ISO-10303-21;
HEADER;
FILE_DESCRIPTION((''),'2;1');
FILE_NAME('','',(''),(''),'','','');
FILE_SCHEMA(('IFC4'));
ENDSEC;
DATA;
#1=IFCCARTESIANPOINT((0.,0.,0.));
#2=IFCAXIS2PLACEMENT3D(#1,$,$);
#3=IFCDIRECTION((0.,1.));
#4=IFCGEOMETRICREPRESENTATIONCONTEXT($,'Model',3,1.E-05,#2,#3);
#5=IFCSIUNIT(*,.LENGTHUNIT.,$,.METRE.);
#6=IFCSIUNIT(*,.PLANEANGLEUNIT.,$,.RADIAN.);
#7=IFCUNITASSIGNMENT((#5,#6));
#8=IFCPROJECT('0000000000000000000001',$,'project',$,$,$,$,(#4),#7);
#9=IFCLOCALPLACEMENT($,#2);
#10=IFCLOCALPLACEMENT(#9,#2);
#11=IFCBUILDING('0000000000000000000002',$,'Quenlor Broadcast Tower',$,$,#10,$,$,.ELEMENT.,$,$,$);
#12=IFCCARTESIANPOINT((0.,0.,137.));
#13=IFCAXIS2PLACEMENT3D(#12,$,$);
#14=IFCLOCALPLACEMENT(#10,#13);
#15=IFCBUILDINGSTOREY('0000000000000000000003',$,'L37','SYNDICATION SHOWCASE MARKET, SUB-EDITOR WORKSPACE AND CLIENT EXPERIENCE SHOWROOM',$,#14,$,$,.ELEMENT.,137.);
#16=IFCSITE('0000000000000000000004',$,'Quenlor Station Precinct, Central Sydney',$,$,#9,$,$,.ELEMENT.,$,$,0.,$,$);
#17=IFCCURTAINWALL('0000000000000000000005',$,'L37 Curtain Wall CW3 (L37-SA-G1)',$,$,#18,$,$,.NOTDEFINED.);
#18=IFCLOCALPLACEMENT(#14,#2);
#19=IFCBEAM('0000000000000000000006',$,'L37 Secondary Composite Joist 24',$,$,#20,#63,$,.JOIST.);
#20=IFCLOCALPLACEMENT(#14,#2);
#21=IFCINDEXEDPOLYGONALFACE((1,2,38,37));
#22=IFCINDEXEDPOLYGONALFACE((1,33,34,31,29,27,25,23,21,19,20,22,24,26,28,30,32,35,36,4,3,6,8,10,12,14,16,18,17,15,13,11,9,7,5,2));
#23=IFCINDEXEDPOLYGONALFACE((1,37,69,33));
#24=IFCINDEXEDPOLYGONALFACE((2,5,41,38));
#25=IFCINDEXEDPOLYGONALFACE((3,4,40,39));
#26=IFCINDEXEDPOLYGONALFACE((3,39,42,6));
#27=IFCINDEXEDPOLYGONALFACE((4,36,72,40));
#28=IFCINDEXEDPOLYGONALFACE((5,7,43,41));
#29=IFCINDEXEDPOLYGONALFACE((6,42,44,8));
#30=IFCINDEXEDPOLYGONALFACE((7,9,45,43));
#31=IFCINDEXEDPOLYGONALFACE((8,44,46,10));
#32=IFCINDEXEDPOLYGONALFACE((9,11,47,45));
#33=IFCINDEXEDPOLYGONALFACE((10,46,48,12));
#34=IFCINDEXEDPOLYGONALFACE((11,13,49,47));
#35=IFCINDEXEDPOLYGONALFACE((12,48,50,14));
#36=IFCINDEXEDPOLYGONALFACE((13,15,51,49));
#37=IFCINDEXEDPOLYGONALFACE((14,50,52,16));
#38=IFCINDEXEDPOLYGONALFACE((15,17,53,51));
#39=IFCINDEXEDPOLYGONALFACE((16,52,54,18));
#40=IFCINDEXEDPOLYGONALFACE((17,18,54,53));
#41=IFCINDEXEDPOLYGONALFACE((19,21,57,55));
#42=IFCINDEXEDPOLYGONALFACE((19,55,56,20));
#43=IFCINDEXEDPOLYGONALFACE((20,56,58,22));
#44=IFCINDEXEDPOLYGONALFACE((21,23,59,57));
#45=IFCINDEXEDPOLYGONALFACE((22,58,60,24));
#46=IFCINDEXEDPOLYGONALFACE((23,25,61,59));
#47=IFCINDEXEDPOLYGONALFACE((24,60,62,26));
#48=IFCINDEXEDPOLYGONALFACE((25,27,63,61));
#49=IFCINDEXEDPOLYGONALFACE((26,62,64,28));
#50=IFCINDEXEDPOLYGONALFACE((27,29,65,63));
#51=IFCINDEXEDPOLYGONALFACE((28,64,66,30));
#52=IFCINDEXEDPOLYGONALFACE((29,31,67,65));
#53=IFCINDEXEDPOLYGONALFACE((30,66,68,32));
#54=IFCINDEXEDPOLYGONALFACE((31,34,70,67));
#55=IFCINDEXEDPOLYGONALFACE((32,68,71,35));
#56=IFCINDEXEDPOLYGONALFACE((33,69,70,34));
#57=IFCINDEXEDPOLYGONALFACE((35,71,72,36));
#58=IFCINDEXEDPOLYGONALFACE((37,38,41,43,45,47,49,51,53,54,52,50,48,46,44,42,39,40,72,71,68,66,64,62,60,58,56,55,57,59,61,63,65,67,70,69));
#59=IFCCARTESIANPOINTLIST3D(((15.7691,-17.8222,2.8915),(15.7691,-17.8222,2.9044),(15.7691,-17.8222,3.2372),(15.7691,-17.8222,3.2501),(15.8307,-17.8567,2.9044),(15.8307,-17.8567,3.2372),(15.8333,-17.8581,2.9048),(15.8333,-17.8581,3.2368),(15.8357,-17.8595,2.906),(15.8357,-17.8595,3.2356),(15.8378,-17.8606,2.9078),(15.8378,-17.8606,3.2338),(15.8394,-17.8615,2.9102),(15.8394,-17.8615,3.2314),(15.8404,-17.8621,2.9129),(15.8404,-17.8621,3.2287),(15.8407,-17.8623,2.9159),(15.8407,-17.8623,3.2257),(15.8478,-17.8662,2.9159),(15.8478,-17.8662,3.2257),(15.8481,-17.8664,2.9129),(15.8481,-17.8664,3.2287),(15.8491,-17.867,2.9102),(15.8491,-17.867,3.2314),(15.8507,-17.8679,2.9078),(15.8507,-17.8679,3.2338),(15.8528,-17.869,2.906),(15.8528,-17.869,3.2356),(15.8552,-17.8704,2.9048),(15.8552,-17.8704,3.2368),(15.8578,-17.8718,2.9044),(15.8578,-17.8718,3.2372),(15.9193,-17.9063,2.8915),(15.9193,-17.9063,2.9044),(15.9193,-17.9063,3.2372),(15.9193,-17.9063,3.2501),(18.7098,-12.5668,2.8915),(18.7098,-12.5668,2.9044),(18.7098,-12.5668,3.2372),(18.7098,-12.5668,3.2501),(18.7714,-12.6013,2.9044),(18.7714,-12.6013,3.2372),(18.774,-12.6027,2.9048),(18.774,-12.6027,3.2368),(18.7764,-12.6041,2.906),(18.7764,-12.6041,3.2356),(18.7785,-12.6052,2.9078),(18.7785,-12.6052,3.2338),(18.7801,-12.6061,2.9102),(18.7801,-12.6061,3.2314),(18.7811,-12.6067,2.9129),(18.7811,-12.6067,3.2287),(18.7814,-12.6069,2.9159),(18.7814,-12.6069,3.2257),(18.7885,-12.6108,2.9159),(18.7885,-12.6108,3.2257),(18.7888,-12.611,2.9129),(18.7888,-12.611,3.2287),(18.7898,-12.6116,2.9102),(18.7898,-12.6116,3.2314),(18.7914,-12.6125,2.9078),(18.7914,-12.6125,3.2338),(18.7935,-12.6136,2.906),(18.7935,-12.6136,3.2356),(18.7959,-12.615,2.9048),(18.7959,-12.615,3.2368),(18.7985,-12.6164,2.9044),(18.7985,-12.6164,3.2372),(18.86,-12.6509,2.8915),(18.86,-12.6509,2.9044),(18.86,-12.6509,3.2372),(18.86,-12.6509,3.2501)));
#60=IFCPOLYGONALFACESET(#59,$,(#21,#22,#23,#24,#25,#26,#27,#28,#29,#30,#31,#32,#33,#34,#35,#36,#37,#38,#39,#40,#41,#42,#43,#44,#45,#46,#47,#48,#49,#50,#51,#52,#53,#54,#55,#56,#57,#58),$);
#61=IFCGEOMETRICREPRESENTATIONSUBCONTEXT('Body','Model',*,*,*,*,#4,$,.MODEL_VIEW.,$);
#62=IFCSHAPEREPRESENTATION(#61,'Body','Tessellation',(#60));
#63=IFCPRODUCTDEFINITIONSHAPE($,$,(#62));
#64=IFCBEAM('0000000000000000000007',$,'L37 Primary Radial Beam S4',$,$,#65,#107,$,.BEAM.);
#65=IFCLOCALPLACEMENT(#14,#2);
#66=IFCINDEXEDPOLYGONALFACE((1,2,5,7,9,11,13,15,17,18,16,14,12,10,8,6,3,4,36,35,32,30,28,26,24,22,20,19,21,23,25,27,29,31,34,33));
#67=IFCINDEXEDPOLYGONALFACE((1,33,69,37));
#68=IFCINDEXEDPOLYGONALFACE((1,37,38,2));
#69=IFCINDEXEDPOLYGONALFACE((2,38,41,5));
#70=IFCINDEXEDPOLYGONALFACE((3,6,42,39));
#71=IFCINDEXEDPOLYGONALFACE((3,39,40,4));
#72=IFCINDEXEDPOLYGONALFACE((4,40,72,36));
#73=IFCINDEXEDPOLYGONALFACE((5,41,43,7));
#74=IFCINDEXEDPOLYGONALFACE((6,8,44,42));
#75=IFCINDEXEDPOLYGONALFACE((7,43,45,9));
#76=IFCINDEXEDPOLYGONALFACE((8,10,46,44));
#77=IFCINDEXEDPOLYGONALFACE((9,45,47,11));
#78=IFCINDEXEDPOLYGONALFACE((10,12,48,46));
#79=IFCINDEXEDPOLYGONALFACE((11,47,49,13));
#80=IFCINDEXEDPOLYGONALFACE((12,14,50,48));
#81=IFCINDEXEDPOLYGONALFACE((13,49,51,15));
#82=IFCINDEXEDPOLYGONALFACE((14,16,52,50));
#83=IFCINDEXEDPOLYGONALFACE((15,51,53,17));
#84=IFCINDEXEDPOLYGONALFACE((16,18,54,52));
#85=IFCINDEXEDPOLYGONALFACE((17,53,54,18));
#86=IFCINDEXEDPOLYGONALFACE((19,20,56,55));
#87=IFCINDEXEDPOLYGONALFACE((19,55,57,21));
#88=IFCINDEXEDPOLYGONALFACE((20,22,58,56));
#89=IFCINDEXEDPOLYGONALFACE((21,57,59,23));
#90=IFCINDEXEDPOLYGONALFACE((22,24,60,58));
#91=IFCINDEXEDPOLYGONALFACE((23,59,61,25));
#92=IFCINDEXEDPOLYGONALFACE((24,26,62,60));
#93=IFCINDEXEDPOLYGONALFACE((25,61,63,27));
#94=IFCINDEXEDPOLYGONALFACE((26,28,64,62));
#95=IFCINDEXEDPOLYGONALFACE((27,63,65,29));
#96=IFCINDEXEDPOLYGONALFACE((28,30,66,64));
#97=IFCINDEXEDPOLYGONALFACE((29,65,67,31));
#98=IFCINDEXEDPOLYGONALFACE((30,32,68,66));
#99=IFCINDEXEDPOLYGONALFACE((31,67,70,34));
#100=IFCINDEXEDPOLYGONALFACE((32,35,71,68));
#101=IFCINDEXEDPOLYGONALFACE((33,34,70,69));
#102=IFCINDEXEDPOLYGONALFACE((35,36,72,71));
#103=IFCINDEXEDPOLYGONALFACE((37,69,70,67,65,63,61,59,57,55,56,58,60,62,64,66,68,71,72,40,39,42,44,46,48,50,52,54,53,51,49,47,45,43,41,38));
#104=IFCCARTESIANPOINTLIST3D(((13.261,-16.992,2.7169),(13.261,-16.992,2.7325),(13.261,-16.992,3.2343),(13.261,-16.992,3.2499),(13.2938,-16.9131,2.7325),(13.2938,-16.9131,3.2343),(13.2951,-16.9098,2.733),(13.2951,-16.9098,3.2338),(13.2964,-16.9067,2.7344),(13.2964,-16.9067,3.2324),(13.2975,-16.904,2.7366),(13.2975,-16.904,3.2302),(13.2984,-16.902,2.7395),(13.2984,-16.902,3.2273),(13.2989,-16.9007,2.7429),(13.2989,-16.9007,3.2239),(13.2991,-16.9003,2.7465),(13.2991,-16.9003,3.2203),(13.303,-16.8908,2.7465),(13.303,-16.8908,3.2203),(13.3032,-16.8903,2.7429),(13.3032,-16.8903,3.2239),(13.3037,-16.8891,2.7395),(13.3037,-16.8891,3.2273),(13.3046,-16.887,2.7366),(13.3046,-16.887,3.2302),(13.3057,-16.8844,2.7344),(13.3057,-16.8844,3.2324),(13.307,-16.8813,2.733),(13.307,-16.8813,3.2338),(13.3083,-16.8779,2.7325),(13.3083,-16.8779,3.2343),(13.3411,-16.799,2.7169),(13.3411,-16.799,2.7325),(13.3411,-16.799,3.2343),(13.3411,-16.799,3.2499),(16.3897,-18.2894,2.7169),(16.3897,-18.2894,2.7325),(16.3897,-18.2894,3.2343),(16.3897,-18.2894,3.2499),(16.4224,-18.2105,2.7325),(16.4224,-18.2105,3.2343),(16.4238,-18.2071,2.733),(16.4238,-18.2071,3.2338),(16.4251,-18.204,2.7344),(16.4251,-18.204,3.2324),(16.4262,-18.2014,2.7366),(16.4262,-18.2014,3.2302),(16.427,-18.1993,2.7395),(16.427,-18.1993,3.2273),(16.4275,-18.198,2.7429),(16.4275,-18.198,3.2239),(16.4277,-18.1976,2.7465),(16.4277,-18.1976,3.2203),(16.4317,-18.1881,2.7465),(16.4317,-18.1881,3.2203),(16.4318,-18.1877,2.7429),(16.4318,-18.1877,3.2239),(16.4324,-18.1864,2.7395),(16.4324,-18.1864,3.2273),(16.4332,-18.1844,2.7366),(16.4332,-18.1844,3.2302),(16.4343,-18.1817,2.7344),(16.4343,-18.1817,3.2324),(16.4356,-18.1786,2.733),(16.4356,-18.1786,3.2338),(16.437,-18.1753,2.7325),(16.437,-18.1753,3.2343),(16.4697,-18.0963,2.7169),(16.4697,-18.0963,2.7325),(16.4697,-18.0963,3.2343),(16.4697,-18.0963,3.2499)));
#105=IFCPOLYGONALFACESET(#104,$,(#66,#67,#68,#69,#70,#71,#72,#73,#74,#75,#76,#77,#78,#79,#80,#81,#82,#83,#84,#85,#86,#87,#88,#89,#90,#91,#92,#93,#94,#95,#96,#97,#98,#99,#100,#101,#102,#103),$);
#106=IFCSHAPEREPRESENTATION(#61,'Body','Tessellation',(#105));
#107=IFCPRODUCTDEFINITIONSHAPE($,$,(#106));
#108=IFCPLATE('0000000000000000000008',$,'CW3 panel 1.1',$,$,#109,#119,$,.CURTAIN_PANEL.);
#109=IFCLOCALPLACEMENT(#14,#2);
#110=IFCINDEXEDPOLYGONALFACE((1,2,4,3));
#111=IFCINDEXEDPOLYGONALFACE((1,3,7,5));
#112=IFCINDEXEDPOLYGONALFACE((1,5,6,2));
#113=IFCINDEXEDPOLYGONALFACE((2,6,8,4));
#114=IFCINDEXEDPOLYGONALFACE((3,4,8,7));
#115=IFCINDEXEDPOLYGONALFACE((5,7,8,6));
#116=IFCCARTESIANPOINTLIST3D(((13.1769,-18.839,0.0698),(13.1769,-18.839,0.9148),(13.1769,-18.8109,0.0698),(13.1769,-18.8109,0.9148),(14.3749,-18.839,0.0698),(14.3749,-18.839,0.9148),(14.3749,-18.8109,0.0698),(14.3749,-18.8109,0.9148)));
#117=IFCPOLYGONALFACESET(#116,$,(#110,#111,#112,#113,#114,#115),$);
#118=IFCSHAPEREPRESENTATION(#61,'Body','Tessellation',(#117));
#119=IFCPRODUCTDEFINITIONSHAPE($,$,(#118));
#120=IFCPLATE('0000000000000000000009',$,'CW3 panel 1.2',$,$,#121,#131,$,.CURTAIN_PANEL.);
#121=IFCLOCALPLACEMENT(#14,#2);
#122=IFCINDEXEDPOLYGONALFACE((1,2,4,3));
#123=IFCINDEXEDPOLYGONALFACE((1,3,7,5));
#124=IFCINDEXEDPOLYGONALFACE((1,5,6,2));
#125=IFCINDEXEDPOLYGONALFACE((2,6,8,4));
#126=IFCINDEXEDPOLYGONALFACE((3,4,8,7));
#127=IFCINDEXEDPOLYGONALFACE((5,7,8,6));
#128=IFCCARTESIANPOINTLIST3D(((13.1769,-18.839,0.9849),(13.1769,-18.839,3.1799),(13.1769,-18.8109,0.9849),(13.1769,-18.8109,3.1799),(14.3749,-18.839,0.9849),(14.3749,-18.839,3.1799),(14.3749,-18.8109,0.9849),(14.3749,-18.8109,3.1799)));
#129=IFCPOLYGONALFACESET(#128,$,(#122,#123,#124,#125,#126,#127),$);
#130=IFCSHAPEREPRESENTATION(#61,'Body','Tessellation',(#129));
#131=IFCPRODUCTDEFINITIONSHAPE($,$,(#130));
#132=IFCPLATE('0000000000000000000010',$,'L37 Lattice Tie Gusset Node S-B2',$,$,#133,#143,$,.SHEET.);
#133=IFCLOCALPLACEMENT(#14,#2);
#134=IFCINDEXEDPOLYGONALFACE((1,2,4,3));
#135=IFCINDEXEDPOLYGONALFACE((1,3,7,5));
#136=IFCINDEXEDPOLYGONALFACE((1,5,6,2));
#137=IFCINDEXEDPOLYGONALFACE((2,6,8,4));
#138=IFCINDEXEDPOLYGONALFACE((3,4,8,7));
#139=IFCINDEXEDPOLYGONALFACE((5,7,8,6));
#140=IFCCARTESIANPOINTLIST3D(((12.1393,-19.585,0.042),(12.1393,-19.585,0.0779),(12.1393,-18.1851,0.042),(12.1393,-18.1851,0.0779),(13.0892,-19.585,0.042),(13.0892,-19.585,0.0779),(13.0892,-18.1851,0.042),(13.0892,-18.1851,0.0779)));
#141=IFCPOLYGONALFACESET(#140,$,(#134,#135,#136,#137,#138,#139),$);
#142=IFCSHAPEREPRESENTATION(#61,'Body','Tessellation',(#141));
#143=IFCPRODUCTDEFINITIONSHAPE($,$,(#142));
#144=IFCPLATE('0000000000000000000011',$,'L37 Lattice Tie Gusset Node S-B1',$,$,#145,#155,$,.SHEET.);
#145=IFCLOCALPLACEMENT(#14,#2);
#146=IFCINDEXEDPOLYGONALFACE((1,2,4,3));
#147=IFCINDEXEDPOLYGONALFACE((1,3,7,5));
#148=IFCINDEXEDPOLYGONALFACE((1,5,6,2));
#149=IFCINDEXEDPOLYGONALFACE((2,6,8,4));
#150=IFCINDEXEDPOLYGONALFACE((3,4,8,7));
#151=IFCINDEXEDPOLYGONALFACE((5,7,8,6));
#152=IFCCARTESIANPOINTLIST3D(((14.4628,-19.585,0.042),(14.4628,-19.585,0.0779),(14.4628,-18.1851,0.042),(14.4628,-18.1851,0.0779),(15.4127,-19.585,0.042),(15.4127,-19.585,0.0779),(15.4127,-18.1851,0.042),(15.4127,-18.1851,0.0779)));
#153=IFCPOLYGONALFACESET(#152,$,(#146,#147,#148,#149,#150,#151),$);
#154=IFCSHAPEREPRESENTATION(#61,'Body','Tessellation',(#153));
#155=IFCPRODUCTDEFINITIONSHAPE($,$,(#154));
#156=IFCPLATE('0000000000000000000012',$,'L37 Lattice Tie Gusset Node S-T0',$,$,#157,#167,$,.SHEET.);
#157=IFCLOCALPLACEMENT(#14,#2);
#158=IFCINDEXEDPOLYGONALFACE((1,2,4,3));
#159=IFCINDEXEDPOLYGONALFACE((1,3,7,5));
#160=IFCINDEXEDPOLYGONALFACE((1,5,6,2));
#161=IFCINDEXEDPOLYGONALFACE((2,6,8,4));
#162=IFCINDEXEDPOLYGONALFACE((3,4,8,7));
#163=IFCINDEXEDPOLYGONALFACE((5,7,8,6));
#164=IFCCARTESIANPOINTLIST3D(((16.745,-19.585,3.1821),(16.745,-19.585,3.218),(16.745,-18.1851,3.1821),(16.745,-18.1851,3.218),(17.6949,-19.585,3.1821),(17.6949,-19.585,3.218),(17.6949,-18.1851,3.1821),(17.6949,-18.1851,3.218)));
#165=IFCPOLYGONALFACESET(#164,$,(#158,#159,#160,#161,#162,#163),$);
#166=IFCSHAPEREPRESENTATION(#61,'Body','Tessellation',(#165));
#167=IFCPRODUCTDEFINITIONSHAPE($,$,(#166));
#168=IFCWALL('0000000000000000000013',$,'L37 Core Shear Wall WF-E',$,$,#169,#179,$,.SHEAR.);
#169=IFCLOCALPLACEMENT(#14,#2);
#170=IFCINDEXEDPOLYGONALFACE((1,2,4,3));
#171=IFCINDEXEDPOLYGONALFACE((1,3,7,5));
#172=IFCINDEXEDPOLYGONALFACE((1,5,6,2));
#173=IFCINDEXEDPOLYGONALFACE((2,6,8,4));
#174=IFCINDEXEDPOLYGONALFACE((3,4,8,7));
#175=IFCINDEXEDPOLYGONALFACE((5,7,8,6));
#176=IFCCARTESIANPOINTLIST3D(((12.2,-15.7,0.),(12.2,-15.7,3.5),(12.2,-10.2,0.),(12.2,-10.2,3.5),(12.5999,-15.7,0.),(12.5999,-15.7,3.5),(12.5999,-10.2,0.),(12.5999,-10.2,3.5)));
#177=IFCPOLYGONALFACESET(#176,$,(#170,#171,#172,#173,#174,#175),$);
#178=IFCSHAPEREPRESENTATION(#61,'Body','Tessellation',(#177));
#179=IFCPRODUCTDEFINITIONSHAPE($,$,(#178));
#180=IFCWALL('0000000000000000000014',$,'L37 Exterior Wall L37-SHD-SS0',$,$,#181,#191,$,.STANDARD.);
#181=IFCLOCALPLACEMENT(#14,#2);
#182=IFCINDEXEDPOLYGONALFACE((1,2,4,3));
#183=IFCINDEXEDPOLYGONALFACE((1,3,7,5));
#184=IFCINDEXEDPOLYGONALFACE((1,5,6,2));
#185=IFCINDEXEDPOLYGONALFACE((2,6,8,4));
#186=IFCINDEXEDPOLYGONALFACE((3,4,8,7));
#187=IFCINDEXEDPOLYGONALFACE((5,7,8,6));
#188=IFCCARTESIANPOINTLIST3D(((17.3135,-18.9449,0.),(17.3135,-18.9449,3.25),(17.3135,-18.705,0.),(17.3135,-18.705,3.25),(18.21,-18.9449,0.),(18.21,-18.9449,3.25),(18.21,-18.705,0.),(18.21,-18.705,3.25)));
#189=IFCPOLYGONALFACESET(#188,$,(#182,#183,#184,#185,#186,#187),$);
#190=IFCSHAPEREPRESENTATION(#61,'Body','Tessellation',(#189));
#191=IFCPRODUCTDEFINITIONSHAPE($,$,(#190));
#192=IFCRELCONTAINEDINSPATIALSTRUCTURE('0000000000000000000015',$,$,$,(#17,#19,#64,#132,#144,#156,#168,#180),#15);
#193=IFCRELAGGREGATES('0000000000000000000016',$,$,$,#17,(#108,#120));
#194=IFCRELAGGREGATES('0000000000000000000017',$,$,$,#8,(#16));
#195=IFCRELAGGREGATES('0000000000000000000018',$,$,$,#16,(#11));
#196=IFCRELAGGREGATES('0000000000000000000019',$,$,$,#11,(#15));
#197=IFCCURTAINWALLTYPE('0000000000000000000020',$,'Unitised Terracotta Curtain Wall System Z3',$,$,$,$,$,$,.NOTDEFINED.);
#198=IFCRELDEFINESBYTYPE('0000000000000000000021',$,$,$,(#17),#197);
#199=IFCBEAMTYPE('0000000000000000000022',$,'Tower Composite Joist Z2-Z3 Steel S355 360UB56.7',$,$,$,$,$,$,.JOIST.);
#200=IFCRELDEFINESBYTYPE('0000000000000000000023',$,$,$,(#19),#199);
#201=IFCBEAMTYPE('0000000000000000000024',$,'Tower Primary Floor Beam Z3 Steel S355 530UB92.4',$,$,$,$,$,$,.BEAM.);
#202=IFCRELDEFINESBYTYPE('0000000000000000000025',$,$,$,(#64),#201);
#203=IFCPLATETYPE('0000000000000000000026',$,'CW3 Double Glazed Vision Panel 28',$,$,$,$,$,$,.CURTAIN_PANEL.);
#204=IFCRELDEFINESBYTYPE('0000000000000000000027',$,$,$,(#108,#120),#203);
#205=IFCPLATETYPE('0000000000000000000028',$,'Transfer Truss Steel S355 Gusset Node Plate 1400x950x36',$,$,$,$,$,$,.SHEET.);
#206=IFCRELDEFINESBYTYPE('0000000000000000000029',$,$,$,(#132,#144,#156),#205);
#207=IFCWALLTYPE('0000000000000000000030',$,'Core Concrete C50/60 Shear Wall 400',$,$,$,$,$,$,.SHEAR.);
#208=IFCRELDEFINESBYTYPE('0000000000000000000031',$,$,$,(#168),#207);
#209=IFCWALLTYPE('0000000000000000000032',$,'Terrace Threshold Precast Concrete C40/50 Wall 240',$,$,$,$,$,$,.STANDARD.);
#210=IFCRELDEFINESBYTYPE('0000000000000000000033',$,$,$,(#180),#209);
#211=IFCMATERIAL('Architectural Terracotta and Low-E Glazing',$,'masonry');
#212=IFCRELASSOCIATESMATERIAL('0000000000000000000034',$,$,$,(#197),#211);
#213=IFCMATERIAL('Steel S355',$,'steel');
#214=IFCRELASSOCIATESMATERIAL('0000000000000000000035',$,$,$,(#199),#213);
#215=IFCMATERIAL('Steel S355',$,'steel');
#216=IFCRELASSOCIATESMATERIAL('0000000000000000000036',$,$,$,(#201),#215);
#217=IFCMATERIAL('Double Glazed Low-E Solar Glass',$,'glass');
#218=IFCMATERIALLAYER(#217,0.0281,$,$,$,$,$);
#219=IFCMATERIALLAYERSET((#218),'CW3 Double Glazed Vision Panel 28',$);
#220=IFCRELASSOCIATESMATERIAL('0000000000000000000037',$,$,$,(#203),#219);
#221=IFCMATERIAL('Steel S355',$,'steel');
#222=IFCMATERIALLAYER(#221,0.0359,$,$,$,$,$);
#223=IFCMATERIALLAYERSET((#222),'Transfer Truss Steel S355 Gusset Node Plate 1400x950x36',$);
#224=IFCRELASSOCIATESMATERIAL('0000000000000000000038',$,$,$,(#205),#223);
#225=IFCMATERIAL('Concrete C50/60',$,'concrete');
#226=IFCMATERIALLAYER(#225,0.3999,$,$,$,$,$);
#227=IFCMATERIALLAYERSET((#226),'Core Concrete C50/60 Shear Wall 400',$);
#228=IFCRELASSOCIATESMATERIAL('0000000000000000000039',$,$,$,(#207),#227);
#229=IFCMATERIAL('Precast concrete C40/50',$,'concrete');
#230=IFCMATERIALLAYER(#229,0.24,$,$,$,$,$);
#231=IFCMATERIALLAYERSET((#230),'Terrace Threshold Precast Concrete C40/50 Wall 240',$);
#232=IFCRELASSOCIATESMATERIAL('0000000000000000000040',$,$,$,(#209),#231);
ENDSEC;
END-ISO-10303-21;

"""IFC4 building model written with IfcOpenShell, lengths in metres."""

from ifc_helpers import new_model, si_unit, direction, frame, frame_2d, origin, origin_2d, place, context, subcontext, project, spatial, rectangle, i_section, extrude, material, layer, layer_set, material_profile, profile_set, type_object, element, aggregate, save


model = new_model("IFC4")

# Units and contexts
model_context = context("Model", 3, precision=1e-05, world=origin(), true_north=direction((0.0, 1.0)))
body_context = subcontext(model_context, "Body", "Model", "MODEL_VIEW")
ifc_project = project(units=[si_unit("LENGTHUNIT", "METRE"), si_unit("PLANEANGLEUNIT", "RADIAN")], contexts=[model_context])

# Site, building, storey
site_placement = place(None, origin())
site = spatial("IfcSite", under=ifc_project, at=site_placement, Name="Quenlor Station Precinct, Central Sydney", CompositionType="ELEMENT", RefElevation=0.0)
building_placement = place(site_placement, origin())
building = spatial("IfcBuilding", under=site, at=building_placement, Name="Quenlor Broadcast Tower", CompositionType="ELEMENT")
storey_placement = place(building_placement, frame((0.0, 0.0, 137.0)))
storey = spatial("IfcBuildingStorey", under=building, at=storey_placement, Name="L37", Description="SYNDICATION SHOWCASE MARKET, SUB-EDITOR WORKSPACE AND CLIENT EXPERIENCE SHOWROOM", CompositionType="ELEMENT", Elevation=137.0)

# Curtain wall
ifc_material_1 = material(Name="Architectural Terracotta and Low-E Glazing", Category="masonry")
curtain_wall_type = type_object("IfcCurtainWallType", Name="Unitised Terracotta Curtain Wall System Z3", PredefinedType="NOTDEFINED", material=ifc_material_1)
curtain_wall_placement = place(storey_placement, origin())
curtain_wall = element("IfcCurtainWall", 1, at=curtain_wall_placement, inside=storey, type_object=curtain_wall_type, Name="L37 Curtain Wall CW3 (L37-SA-G1)", PredefinedType="NOTDEFINED")

# Beams
ifc_material_2 = material(Name="Steel S355", Category="steel")
ifc_material_profile_1 = material_profile(ifc_material_2, i_section(OverallWidth=0.1721, OverallDepth=0.3586, WebThickness=0.0081, FlangeThickness=0.0129, FilletRadius=0.0115, at=origin_2d()))
ifc_profile_set_1 = profile_set([ifc_material_profile_1], Name="Steel S355 360UB56.7")
beam_type_1 = type_object("IfcBeamType", Name="Tower Composite Joist Z2-Z3 Steel S355 360UB56.7", PredefinedType="JOIST", material=ifc_profile_set_1)
beam_1_placement = place(storey_placement, frame((15.8442, -17.8643, 3.0708), z_axis=(0.488308, 0.872671, 0.0), x_axis=(-0.872671, 0.488308, 0.0)))
element("IfcBeam", 2, at=beam_1_placement, inside=storey, type_object=beam_type_1, Name="L37 Secondary Composite Joist 24", PredefinedType="JOIST", context=body_context, shape_type="SweptSolid", body=[
    extrude(i_section(OverallWidth=0.1721, OverallDepth=0.3586, WebThickness=0.0081, FlangeThickness=0.0129, FilletRadius=0.0115, at=origin_2d()), origin(), (0.0, 0.0, 1.0), 6.0222),
])
ifc_material_3 = material(Name="Steel S355", Category="steel")
ifc_material_profile_2 = material_profile(ifc_material_3, i_section(OverallWidth=0.209, OverallDepth=0.533, WebThickness=0.0103, FlangeThickness=0.0156, FilletRadius=0.0139, at=origin_2d()))
ifc_profile_set_2 = profile_set([ifc_material_profile_2], Name="Steel S355 530UB92.4")
beam_type_2 = type_object("IfcBeamType", Name="Tower Primary Floor Beam Z3 Steel S355 530UB92.4", PredefinedType="BEAM", material=ifc_profile_set_2)
beam_2_placement = place(storey_placement, frame((16.4297, -18.1929, 2.9834), z_axis=(-0.92373, 0.383044, 0.0), x_axis=(-0.383044, -0.92373, 0.0)))
element("IfcBeam", 3, at=beam_2_placement, inside=storey, type_object=beam_type_2, Name="L37 Primary Radial Beam S4", PredefinedType="BEAM", context=body_context, shape_type="SweptSolid", body=[
    extrude(i_section(OverallWidth=0.209, OverallDepth=0.533, WebThickness=0.0103, FlangeThickness=0.0156, FilletRadius=0.0139, at=origin_2d()), origin(), (0.0, 0.0, 1.0), 3.387),
])

# Plates
ifc_material_4 = material(Name="Double Glazed Low-E Solar Glass", Category="glass")
ifc_layer_1 = layer(ifc_material_4, 0.0281)
ifc_layer_set_1 = layer_set([ifc_layer_1], Name="CW3 Double Glazed Vision Panel 28")
plate_type_1 = type_object("IfcPlateType", Name="CW3 Double Glazed Vision Panel 28", PredefinedType="CURTAIN_PANEL", material=ifc_layer_set_1)
plate_1_placement = place(storey_placement, frame((13.7759, -18.825, 0.0698), z_axis=(0.0, 0.0, 1.0), x_axis=(-1.0, 0.0, 0.0)))
plate_1 = element("IfcPlate", 4, at=plate_1_placement, type_object=plate_type_1, Name="CW3 panel 1.1", PredefinedType="CURTAIN_PANEL", context=body_context, shape_type="SweptSolid", body=[
    extrude(rectangle(XDim=1.198, YDim=0.0281, at=origin_2d()), origin(), (0.0, 0.0, 1.0), 0.845),
])
plate_2_placement = place(storey_placement, frame((13.7759, -18.825, 0.9849), z_axis=(0.0, 0.0, 1.0), x_axis=(-1.0, 0.0, 0.0)))
plate_2 = element("IfcPlate", 5, at=plate_2_placement, type_object=plate_type_1, Name="CW3 panel 1.2", PredefinedType="CURTAIN_PANEL", context=body_context, shape_type="SweptSolid", body=[
    extrude(rectangle(XDim=1.198, YDim=0.0281, at=origin_2d()), origin(), (0.0, 0.0, 1.0), 2.1951),
])
aggregate(curtain_wall, [plate_1, plate_2])

# Plates
ifc_material_5 = material(Name="Steel S355", Category="steel")
ifc_layer_2 = layer(ifc_material_5, 0.0359)
ifc_layer_set_2 = layer_set([ifc_layer_2], Name="Transfer Truss Steel S355 Gusset Node Plate 1400x950x36")
plate_type_2 = type_object("IfcPlateType", Name="Transfer Truss Steel S355 Gusset Node Plate 1400x950x36", PredefinedType="SHEET", material=ifc_layer_set_2)
for number, where, z_axis, x_axis, name in (
    (6, (12.6143, -18.885, 0.042), (0.0, 0.0, 1.0), (0.0, -1.0, 0.0), "L37 Lattice Tie Gusset Node S-B2"),
    (7, (14.9377, -18.885, 0.042), (0.0, 0.0, 1.0), (0.0, -1.0, 0.0), "L37 Lattice Tie Gusset Node S-B1"),
    (8, (17.22, -18.885, 3.1821), (0.0, 0.0, 1.0), (0.0, -1.0, 0.0), "L37 Lattice Tie Gusset Node S-T0"),
):
    element("IfcPlate", number, at=place(storey_placement, frame(where, z_axis=z_axis, x_axis=x_axis)), inside=storey, type_object=plate_type_2, Name=name, PredefinedType="SHEET", context=body_context, shape_type="SweptSolid", body=[
        extrude(rectangle(XDim=1.3999, YDim=0.95, at=origin_2d()), origin(), (0.0, 0.0, 1.0), 0.0359),
    ])

# Walls
ifc_material_6 = material(Name="Concrete C50/60", Category="concrete")
ifc_layer_3 = layer(ifc_material_6, 0.3999)
ifc_layer_set_3 = layer_set([ifc_layer_3], Name="Core Concrete C50/60 Shear Wall 400")
wall_type_1 = type_object("IfcWallType", Name="Core Concrete C50/60 Shear Wall 400", PredefinedType="SHEAR", material=ifc_layer_set_3)
wall_1_placement = place(storey_placement, frame((12.3999, -15.7, 0.0), z_axis=(0.0, 0.0, 1.0), x_axis=(0.0, 1.0, 0.0)))
element("IfcWall", 9, at=wall_1_placement, inside=storey, type_object=wall_type_1, Name="L37 Core Shear Wall WF-E", PredefinedType="SHEAR", context=body_context, shape_type="SweptSolid", body=[
    extrude(rectangle(XDim=5.5, YDim=0.3999, at=frame_2d((2.75, 0.0))), origin(), (0.0, 0.0, 1.0), 3.5),
])
ifc_material_7 = material(Name="Precast concrete C40/50", Category="concrete")
ifc_layer_4 = layer(ifc_material_7, 0.24)
ifc_layer_set_4 = layer_set([ifc_layer_4], Name="Terrace Threshold Precast Concrete C40/50 Wall 240")
wall_type_2 = type_object("IfcWallType", Name="Terrace Threshold Precast Concrete C40/50 Wall 240", PredefinedType="STANDARD", material=ifc_layer_set_4)
wall_2_placement = place(storey_placement, frame((18.21, -18.825, 0.0), z_axis=(0.0, 0.0, 1.0), x_axis=(-1.0, 0.0, 0.0)))
element("IfcWall", 10, at=wall_2_placement, inside=storey, type_object=wall_type_2, Name="L37 Exterior Wall L37-SHD-SS0", PredefinedType="STANDARD", context=body_context, shape_type="SweptSolid", body=[
    extrude(rectangle(XDim=0.8965, YDim=0.24, at=frame_2d((0.4482, 0.0))), origin(), (0.0, 0.0, 1.0), 3.25),
])

save(model, "model.ifc")
